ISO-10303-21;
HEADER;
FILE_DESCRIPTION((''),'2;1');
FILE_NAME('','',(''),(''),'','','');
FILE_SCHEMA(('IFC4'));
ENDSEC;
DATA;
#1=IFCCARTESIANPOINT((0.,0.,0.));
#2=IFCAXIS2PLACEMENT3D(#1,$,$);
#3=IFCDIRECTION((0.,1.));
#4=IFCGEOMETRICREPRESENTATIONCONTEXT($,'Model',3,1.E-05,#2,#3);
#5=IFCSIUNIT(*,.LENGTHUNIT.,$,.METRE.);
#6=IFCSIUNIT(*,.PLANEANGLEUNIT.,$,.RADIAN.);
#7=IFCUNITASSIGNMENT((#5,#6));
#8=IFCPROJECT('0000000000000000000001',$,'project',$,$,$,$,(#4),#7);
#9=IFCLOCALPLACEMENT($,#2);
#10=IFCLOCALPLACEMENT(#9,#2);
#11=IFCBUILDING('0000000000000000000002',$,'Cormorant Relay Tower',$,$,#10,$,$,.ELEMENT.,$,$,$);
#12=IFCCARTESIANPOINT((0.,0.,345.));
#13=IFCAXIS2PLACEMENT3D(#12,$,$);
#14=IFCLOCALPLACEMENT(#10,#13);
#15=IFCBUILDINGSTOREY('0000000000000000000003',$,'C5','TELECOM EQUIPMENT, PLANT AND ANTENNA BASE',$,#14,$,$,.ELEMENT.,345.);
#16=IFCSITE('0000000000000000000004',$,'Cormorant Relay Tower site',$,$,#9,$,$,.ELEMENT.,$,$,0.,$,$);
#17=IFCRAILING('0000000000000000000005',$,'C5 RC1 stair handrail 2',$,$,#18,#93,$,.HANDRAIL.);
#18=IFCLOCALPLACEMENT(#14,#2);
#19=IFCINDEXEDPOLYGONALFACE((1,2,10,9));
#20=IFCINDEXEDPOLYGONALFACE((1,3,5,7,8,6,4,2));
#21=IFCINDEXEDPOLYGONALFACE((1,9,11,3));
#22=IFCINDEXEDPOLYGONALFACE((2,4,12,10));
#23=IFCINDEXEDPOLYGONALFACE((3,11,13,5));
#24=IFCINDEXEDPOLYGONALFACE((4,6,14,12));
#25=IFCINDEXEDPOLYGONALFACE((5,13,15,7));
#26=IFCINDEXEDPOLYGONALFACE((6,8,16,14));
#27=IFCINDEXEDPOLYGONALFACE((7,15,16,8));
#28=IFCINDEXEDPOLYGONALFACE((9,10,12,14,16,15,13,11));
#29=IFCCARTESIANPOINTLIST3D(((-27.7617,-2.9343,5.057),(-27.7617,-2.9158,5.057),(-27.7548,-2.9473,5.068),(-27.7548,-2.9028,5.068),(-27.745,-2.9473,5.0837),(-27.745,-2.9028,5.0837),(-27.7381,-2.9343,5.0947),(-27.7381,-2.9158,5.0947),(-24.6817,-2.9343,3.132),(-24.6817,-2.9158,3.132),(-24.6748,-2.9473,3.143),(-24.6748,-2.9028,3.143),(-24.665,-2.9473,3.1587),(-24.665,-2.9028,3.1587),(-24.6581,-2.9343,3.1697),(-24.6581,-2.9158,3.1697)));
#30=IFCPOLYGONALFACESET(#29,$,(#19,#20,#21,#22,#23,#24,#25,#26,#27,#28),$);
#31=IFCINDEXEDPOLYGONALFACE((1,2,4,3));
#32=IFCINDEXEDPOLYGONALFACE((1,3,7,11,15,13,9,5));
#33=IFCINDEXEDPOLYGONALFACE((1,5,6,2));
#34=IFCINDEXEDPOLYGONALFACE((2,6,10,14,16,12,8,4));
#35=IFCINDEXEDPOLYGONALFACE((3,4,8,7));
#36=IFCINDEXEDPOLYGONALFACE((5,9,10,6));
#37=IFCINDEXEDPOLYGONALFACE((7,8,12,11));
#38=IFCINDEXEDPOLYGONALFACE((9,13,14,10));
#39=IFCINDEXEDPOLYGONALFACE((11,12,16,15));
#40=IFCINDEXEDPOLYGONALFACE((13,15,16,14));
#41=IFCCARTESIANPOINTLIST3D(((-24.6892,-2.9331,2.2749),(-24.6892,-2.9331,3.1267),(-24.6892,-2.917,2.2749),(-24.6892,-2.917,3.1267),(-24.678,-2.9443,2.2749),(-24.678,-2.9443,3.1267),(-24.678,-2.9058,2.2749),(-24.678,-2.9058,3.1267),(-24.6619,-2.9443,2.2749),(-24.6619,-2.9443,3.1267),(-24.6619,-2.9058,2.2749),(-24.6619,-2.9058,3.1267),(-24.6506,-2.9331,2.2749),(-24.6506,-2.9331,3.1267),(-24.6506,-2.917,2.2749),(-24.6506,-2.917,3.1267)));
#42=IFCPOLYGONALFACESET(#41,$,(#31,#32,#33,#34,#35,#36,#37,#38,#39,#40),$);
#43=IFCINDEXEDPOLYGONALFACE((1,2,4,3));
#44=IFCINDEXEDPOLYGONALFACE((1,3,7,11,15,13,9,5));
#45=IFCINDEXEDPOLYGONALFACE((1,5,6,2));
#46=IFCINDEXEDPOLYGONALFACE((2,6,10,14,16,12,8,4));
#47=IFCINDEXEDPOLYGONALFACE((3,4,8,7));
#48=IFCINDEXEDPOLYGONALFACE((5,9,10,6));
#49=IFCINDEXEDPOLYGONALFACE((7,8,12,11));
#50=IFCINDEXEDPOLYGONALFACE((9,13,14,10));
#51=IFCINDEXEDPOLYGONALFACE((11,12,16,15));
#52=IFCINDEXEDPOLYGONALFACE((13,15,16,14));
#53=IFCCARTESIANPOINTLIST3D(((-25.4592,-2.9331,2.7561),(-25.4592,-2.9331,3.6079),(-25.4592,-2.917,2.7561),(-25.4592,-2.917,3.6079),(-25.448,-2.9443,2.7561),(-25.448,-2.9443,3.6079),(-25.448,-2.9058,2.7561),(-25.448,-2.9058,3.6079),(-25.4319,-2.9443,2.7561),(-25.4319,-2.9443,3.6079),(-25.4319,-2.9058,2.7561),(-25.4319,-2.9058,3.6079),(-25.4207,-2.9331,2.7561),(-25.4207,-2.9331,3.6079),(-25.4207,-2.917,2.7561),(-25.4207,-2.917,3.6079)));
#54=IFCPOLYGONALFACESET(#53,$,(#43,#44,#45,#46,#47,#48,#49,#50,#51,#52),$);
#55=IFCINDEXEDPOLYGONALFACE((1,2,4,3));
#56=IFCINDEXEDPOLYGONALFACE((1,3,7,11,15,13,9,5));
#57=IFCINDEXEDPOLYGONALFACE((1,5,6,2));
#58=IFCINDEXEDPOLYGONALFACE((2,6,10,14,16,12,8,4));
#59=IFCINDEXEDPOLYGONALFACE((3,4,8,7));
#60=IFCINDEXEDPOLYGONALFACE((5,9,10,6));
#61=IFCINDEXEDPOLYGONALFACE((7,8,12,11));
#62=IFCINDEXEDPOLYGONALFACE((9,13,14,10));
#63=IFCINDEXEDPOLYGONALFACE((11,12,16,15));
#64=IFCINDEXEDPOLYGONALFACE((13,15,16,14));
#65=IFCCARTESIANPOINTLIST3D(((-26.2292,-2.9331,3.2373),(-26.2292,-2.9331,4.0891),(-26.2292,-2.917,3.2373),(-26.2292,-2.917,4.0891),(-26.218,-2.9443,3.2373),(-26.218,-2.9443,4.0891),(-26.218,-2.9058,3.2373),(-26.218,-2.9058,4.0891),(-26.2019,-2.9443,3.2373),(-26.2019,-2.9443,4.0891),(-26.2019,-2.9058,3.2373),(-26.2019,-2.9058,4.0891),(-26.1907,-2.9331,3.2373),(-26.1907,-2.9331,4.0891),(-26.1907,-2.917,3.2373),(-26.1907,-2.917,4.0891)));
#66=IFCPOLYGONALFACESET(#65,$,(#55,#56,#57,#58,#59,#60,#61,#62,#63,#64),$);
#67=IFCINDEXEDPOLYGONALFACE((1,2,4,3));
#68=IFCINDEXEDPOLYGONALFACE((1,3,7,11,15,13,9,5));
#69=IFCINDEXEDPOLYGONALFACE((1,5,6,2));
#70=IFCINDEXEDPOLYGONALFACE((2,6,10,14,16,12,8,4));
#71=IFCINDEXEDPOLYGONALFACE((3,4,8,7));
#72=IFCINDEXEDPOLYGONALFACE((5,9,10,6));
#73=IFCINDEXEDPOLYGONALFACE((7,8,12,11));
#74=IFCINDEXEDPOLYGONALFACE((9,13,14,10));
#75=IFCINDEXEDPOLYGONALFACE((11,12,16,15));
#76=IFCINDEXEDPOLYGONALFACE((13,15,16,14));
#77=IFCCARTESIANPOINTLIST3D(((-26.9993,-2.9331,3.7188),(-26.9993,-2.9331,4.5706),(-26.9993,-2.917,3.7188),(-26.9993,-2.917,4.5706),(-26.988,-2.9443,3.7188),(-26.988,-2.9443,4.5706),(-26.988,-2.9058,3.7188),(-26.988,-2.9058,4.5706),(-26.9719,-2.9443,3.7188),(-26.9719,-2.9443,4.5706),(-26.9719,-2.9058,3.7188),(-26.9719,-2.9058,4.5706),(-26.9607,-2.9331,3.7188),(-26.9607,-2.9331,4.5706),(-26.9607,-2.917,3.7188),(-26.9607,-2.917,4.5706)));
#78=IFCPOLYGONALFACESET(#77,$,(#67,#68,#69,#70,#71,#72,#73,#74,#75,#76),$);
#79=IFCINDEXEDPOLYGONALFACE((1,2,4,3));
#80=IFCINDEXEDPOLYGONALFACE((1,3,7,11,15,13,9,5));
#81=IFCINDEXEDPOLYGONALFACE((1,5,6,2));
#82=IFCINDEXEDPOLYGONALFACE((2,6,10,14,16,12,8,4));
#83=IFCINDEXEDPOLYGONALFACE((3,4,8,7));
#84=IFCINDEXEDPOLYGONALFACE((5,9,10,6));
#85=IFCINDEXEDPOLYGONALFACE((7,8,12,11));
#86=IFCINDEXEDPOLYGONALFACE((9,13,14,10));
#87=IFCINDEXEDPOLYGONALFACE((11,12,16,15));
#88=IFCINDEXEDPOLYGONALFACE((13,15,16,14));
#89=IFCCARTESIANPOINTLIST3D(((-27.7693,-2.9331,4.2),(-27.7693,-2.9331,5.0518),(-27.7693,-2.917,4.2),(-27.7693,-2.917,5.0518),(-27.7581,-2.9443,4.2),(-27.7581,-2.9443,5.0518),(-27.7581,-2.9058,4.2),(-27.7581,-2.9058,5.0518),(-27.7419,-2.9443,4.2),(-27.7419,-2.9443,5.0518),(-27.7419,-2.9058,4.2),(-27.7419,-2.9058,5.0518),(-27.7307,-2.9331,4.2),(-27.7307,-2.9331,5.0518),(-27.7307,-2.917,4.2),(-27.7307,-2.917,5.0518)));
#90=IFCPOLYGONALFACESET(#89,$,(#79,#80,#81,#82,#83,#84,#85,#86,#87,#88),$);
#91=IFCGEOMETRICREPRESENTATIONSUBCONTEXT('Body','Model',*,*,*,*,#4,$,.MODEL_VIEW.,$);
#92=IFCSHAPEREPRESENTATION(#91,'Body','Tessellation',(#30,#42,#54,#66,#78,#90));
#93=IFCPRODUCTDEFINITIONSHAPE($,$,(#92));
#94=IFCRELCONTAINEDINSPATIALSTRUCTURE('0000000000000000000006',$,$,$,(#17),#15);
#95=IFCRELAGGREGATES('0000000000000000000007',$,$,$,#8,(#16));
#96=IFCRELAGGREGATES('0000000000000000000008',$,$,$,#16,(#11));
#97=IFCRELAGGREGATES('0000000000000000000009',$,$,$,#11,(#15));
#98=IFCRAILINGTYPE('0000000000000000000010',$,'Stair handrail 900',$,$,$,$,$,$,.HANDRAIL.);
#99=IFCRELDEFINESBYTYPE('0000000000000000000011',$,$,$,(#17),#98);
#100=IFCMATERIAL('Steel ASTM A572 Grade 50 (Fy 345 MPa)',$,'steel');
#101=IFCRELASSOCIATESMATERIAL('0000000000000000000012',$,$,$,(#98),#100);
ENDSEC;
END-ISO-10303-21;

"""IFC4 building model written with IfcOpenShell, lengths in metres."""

from ifc_helpers import new_model, si_unit, direction, frame, origin, place, context, subcontext, project, spatial, polyline, outline, extrude, material, type_object, element, save


model = new_model("IFC4")

# Units and contexts
model_context = context("Model", 3, precision=1e-05, world=origin(), true_north=direction((0.0, 1.0)))
body_context = subcontext(model_context, "Body", "Model", "MODEL_VIEW")
ifc_project = project(units=[si_unit("LENGTHUNIT", "METRE"), si_unit("PLANEANGLEUNIT", "RADIAN")], contexts=[model_context])

# Site, building, storey
site_placement = place(None, origin())
site = spatial("IfcSite", under=ifc_project, at=site_placement, Name="Cormorant Relay Tower site", CompositionType="ELEMENT", RefElevation=0.0)
building_placement = place(site_placement, origin())
building = spatial("IfcBuilding", under=site, at=building_placement, Name="Cormorant Relay Tower", CompositionType="ELEMENT")
storey_placement = place(building_placement, frame((0.0, 0.0, 345.0)))
storey = spatial("IfcBuildingStorey", under=building, at=storey_placement, Name="C5", Description="TELECOM EQUIPMENT, PLANT AND ANTENNA BASE", CompositionType="ELEMENT", Elevation=345.0)

# Railing
ifc_material_1 = material(Name="Steel ASTM A572 Grade 50 (Fy 345 MPa)", Category="steel")
railing_type_1 = type_object("IfcRailingType", Name="Stair handrail 900", PredefinedType="HANDRAIL", material=ifc_material_1)
railing_1_placement = place(storey_placement, frame((-24.6699, -2.925, 2.2749)))
element("IfcRailing", 1, at=railing_1_placement, inside=storey, type_object=railing_type_1, Name="C5 RC1 stair handrail 2", PredefinedType="HANDRAIL", context=body_context, shape_type="SweptSolid", body=[
    extrude(outline(polyline([(0.0222, 0.0093), (0.0093, 0.0222), (-0.0093, 0.0222), (-0.0222, 0.0093), (-0.0222, -0.0093), (-0.0093, -0.0222), (0.0093, -0.0222), (0.0222, -0.0093), (0.0222, 0.0093)])), frame((0.0, 0.0, 0.876), z_axis=(-0.847998, 0.0, 0.529999), x_axis=(0.0, -1.0, 0.0)), (0.0, 0.0, 1.0), 3.6321),
    extrude(outline(polyline([(0.0193, 0.0081), (0.0081, 0.0193), (-0.0081, 0.0193), (-0.0193, 0.0081), (-0.0193, -0.0081), (-0.0081, -0.0193), (0.0081, -0.0193), (0.0193, -0.0081), (0.0193, 0.0081)])), origin(), (0.0, 0.0, 1.0), 0.8518),
    extrude(outline(polyline([(0.0193, 0.0081), (0.0081, 0.0193), (-0.0081, 0.0193), (-0.0193, 0.0081), (-0.0193, -0.0081), (-0.0081, -0.0193), (0.0081, -0.0193), (0.0193, -0.0081), (0.0193, 0.0081)])), frame((-0.77, 0.0, 0.4812)), (0.0, 0.0, 1.0), 0.8518),
    extrude(outline(polyline([(0.0193, 0.0081), (0.0081, 0.0193), (-0.0081, 0.0193), (-0.0193, 0.0081), (-0.0193, -0.0081), (-0.0081, -0.0193), (0.0081, -0.0193), (0.0193, -0.0081), (0.0193, 0.0081)])), frame((-1.54, 0.0, 0.9624)), (0.0, 0.0, 1.0), 0.8518),
    extrude(outline(polyline([(0.0193, 0.0081), (0.0081, 0.0193), (-0.0081, 0.0193), (-0.0193, 0.0081), (-0.0193, -0.0081), (-0.0081, -0.0193), (0.0081, -0.0193), (0.0193, -0.0081), (0.0193, 0.0081)])), frame((-2.3101, 0.0, 1.4438)), (0.0, 0.0, 1.0), 0.8518),
    extrude(outline(polyline([(0.0193, 0.0081), (0.0081, 0.0193), (-0.0081, 0.0193), (-0.0193, 0.0081), (-0.0193, -0.0081), (-0.0081, -0.0193), (0.0081, -0.0193), (0.0193, -0.0081), (0.0193, 0.0081)])), frame((-3.0801, 0.0, 1.925)), (0.0, 0.0, 1.0), 0.8518),
])

save(model, "model.ifc")
